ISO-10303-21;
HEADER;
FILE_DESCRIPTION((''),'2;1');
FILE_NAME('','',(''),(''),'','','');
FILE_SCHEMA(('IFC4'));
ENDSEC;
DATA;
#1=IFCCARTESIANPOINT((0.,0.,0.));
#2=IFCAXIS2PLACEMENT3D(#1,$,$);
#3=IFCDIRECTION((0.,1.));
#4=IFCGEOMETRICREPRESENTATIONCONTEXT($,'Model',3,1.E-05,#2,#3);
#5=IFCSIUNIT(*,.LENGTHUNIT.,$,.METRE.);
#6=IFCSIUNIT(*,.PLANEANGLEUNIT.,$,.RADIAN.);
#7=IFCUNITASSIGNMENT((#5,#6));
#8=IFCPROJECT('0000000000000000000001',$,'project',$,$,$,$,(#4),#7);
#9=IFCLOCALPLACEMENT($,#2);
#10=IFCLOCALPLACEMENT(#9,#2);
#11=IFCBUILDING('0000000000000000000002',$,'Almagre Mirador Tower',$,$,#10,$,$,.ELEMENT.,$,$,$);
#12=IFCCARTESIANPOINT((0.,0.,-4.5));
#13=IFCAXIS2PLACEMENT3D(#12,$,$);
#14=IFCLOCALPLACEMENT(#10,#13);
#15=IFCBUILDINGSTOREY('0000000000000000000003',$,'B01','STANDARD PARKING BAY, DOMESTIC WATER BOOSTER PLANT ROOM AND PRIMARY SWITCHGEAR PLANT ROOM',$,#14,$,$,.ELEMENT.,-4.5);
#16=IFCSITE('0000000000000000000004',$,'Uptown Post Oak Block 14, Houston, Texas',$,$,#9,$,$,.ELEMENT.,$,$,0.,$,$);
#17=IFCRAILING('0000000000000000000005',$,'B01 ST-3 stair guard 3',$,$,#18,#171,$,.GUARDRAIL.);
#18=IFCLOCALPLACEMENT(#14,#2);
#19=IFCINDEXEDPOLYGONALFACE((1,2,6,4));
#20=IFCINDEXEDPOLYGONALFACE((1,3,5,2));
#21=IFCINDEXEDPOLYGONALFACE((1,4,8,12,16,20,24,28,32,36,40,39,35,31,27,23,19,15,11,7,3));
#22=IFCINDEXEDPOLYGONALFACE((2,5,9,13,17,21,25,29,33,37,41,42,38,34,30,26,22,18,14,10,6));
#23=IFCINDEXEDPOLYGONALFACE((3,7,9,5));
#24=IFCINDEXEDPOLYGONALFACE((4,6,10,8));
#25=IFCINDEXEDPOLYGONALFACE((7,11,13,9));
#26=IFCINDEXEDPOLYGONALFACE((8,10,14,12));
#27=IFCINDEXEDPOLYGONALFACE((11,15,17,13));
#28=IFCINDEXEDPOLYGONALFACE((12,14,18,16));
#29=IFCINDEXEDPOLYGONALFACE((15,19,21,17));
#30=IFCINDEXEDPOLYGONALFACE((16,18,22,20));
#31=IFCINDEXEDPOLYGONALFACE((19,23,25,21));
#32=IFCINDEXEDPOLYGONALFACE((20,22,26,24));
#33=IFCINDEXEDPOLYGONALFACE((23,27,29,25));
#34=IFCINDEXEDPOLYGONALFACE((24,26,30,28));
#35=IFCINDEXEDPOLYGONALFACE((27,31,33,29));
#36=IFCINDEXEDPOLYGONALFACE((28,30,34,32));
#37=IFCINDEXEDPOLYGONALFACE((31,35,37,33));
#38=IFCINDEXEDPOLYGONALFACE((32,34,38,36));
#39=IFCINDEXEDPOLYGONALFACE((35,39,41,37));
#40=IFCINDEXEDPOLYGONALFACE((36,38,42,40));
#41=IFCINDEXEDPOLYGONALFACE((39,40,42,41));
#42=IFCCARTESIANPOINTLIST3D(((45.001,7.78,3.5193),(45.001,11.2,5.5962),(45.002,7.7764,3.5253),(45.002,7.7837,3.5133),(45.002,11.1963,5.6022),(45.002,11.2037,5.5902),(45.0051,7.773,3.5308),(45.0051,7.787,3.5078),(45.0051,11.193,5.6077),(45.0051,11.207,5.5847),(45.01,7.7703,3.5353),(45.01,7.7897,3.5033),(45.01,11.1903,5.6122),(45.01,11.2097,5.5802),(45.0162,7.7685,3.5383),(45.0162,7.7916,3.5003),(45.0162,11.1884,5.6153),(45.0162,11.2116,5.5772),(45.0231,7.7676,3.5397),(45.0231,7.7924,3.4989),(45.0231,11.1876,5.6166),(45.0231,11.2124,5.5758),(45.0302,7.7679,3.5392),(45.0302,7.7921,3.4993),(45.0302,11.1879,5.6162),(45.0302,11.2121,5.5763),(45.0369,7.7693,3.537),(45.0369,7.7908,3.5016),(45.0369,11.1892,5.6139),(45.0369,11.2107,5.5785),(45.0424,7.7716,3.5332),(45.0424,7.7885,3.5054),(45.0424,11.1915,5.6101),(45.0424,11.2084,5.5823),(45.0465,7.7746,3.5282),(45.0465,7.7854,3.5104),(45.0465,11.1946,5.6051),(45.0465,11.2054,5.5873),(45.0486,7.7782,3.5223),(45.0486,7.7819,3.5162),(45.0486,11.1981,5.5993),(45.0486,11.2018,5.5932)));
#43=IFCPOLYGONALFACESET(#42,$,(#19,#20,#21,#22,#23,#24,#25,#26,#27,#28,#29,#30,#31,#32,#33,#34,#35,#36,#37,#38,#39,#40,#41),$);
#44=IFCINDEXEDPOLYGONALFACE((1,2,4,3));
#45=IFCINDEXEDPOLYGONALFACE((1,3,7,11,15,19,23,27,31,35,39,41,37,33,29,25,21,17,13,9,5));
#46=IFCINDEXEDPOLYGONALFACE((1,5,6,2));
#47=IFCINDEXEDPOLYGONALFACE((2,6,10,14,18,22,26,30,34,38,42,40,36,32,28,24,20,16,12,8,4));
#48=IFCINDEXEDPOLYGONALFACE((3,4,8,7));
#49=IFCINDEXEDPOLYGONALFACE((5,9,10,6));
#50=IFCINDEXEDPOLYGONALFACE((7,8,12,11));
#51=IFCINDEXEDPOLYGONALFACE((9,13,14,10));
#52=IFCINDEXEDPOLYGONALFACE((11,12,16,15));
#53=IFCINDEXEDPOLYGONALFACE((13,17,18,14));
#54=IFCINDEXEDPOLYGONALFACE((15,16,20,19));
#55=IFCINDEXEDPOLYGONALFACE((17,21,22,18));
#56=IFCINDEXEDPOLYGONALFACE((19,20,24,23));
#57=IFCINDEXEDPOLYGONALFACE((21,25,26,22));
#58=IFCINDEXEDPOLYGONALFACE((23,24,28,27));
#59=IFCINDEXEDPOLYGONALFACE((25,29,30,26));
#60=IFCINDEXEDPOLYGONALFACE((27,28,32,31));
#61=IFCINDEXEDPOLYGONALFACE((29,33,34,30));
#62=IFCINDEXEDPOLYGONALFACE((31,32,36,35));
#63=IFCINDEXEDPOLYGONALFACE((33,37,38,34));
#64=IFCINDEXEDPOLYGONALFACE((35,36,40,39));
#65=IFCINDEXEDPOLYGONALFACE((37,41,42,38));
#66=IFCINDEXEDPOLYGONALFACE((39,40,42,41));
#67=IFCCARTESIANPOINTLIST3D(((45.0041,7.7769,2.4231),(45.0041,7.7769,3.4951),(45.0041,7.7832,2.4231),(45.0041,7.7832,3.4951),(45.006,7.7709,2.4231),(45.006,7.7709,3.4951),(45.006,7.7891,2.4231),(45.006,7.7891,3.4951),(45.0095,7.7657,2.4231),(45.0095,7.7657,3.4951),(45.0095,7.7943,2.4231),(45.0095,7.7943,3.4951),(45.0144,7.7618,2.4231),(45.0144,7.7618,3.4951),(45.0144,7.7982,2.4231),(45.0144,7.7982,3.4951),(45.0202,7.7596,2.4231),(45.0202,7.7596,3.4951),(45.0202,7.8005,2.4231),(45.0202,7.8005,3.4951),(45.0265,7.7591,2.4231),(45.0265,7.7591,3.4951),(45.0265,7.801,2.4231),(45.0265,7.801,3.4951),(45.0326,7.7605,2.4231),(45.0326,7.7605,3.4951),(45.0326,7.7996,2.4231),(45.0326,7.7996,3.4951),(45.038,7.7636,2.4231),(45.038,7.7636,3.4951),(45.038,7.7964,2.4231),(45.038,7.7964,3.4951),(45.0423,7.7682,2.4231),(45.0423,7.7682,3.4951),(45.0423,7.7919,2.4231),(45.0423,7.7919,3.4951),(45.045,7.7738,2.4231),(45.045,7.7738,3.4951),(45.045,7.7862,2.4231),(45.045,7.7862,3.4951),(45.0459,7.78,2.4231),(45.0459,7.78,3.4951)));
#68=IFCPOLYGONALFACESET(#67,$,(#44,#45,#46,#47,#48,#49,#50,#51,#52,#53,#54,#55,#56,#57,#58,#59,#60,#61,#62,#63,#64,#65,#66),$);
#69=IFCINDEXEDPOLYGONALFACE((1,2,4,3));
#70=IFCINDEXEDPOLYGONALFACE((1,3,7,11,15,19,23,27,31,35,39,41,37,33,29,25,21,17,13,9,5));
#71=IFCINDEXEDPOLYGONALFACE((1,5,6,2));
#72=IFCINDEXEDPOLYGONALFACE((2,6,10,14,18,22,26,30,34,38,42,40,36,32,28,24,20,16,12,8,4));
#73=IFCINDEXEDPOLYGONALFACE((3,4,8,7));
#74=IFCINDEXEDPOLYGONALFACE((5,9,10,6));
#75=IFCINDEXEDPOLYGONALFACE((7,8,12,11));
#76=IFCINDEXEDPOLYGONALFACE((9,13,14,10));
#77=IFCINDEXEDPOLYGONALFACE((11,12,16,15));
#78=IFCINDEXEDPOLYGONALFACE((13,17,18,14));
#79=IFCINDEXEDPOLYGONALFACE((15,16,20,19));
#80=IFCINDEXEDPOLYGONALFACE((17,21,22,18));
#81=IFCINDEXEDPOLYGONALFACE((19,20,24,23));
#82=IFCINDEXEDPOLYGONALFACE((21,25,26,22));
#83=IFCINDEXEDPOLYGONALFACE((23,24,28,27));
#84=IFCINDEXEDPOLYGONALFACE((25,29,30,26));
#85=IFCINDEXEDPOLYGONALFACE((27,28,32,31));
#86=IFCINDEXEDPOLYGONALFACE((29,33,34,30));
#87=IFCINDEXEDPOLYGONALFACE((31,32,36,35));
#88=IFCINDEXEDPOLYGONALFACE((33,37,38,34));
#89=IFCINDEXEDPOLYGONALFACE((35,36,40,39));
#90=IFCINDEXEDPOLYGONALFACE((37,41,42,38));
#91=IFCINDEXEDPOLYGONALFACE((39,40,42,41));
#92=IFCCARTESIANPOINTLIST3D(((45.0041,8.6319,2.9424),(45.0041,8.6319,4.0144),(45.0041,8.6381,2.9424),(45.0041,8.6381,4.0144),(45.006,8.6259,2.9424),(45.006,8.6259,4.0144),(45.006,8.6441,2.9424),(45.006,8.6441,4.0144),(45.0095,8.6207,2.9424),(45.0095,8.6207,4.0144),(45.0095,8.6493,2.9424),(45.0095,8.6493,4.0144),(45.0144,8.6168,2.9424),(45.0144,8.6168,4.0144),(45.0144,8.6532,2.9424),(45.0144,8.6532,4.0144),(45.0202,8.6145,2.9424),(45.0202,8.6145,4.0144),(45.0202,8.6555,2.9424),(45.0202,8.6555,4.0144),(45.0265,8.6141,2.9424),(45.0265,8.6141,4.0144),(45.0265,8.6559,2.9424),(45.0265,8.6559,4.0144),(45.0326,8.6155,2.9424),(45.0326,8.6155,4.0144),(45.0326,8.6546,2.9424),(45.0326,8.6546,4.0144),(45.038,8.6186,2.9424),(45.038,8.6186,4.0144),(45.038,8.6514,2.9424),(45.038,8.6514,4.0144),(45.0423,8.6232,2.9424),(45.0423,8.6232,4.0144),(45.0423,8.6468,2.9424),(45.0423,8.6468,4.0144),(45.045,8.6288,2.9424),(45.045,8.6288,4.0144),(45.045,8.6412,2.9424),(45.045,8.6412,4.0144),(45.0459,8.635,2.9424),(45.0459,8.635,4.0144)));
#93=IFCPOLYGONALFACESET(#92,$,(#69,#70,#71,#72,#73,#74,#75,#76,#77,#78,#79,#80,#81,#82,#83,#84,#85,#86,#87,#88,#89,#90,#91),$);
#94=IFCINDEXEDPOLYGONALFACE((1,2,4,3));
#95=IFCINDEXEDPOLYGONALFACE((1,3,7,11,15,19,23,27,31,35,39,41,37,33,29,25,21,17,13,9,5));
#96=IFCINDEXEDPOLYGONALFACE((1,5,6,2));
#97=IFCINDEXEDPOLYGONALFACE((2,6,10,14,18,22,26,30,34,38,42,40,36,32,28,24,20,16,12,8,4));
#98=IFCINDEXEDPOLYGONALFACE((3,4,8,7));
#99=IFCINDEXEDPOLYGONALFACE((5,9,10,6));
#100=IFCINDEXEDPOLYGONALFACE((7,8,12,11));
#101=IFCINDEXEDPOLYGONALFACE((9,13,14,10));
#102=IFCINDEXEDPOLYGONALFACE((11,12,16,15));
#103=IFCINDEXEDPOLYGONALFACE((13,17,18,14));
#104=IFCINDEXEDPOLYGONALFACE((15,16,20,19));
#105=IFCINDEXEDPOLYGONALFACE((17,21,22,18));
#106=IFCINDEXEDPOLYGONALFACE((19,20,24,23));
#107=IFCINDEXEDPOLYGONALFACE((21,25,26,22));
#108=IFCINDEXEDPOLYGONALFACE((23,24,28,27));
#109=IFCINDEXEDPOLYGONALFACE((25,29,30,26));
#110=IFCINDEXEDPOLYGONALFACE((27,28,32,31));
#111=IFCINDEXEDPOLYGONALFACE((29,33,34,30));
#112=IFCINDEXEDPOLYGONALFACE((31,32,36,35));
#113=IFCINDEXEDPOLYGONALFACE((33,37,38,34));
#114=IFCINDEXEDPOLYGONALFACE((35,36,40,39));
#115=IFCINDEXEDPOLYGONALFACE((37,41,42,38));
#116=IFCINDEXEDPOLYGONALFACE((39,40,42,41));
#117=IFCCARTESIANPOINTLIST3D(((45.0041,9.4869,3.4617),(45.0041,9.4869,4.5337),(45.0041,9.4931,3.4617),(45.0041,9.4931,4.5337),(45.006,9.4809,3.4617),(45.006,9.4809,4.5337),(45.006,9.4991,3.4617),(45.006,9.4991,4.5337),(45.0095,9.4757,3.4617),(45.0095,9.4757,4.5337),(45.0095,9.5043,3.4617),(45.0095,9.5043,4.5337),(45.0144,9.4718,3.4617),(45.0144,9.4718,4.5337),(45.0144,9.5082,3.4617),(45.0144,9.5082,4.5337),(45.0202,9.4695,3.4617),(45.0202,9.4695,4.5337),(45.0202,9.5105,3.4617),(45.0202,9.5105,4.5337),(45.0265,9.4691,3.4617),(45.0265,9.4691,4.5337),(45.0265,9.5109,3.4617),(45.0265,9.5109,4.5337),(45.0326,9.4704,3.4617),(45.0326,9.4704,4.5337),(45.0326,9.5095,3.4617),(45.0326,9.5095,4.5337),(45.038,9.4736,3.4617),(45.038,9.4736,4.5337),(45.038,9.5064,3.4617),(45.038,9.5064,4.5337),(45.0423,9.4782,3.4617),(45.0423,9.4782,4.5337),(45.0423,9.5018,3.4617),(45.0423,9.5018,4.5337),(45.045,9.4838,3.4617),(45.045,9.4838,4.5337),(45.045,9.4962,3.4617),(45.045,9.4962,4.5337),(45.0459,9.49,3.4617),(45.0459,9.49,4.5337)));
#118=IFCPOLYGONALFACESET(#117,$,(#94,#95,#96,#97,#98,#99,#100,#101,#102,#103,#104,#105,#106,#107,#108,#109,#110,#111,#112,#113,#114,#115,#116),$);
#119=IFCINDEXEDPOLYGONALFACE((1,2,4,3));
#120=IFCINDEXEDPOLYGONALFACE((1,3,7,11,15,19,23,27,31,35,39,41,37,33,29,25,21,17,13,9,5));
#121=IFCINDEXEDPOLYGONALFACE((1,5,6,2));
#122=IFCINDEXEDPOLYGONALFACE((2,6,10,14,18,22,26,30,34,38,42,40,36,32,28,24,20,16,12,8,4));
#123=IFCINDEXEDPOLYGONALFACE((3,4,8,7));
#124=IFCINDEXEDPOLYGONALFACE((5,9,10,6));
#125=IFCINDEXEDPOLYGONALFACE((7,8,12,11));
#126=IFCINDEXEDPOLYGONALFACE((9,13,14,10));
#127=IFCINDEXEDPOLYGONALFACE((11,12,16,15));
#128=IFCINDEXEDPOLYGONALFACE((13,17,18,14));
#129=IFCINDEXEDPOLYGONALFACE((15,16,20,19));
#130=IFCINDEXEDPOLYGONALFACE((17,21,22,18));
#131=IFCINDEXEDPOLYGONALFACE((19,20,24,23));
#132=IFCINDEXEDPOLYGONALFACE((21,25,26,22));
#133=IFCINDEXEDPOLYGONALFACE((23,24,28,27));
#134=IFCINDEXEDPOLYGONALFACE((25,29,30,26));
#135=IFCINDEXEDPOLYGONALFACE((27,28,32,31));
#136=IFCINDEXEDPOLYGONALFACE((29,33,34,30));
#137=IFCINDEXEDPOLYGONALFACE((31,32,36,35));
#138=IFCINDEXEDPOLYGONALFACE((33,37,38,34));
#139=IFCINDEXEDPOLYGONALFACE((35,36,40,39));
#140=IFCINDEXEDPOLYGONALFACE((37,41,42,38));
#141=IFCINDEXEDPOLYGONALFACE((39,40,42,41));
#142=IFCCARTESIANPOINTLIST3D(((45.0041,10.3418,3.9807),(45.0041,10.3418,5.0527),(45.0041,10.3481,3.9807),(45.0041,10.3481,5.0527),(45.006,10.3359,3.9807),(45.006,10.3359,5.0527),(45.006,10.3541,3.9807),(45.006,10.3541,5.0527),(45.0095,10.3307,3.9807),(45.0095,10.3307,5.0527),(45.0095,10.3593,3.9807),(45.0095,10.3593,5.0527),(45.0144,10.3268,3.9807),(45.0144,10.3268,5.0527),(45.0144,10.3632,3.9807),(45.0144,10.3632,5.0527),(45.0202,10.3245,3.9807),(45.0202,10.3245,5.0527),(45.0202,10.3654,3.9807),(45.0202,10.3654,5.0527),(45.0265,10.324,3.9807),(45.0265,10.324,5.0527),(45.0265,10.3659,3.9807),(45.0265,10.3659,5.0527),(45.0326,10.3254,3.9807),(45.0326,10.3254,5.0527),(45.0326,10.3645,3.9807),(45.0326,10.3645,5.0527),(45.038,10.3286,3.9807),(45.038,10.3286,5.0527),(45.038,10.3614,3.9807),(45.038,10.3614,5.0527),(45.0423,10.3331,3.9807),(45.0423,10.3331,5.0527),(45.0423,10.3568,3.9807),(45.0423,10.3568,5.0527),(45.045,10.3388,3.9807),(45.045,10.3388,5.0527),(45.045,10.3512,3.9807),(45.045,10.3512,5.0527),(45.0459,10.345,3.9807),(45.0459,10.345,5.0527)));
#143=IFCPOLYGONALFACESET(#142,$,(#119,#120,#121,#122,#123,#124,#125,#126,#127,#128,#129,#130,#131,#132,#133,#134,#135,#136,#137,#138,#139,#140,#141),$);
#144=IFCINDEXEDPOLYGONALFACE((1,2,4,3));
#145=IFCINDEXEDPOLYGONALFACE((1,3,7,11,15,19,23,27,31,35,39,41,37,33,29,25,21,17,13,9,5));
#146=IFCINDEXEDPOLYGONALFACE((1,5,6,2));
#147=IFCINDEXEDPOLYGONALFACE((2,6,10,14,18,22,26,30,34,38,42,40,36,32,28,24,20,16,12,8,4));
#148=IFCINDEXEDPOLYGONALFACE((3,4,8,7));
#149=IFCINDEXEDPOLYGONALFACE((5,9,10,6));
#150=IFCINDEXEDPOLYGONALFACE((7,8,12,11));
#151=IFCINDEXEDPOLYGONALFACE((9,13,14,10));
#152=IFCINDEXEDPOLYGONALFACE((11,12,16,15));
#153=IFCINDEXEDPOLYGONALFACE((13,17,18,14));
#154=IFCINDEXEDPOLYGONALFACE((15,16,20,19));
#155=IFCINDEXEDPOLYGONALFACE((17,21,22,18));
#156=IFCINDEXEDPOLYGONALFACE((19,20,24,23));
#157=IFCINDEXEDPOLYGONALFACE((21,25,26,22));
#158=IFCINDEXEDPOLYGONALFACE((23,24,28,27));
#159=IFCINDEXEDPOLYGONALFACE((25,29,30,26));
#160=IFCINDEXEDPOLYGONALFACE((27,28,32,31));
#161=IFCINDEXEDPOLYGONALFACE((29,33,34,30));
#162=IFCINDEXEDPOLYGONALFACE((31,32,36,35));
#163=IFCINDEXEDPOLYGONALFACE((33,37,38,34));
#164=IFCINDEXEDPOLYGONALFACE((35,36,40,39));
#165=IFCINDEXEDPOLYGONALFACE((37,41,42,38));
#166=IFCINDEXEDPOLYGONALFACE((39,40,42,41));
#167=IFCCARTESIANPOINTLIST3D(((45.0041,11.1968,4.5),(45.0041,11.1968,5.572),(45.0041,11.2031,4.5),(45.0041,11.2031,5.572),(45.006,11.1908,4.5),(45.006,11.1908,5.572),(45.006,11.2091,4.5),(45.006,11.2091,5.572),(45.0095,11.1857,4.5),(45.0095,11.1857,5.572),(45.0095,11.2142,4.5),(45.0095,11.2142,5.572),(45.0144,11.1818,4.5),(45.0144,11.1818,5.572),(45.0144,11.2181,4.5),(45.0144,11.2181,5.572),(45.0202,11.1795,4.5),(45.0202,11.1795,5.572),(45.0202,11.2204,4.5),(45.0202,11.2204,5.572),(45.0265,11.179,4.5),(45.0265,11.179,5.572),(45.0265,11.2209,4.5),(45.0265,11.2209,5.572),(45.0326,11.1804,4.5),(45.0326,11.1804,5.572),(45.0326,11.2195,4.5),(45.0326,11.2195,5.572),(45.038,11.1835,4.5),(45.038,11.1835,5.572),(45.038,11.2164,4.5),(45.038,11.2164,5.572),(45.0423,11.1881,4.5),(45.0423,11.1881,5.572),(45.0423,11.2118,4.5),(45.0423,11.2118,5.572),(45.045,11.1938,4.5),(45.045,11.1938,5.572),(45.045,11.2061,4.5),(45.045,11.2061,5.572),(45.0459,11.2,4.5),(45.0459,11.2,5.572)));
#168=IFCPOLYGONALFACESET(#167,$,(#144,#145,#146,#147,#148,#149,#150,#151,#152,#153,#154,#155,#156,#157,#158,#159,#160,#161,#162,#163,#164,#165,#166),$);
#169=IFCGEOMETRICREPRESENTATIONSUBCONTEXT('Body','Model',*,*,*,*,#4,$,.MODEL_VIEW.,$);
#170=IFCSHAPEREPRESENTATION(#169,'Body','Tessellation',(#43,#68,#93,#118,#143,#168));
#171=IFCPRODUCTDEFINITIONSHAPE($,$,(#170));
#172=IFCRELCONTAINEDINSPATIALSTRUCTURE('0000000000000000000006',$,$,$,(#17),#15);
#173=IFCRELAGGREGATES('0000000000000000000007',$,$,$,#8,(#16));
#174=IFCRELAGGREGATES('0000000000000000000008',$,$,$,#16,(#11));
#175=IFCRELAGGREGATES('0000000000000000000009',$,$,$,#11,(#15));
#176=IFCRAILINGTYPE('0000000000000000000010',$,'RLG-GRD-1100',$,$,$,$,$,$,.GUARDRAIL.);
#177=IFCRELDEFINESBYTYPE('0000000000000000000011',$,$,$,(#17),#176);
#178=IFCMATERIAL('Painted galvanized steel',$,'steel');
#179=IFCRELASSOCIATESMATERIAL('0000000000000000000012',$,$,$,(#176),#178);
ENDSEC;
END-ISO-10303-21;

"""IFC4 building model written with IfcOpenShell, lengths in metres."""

from ifc_helpers import new_model, si_unit, direction, frame, origin, origin_2d, place, context, subcontext, project, spatial, circle, extrude, material, type_object, element, save


model = new_model("IFC4")

# Units and contexts
model_context = context("Model", 3, precision=1e-05, world=origin(), true_north=direction((0.0, 1.0)))
body_context = subcontext(model_context, "Body", "Model", "MODEL_VIEW")
ifc_project = project(units=[si_unit("LENGTHUNIT", "METRE"), si_unit("PLANEANGLEUNIT", "RADIAN")], contexts=[model_context])

# Site, building, storey
site_placement = place(None, origin())
site = spatial("IfcSite", under=ifc_project, at=site_placement, Name="Uptown Post Oak Block 14, Houston, Texas", CompositionType="ELEMENT", RefElevation=0.0)
building_placement = place(site_placement, origin())
building = spatial("IfcBuilding", under=site, at=building_placement, Name="Almagre Mirador Tower", CompositionType="ELEMENT")
storey_placement = place(building_placement, frame((0.0, 0.0, -4.5)))
storey = spatial("IfcBuildingStorey", under=building, at=storey_placement, Name="B01", Description="STANDARD PARKING BAY, DOMESTIC WATER BOOSTER PLANT ROOM AND PRIMARY SWITCHGEAR PLANT ROOM", CompositionType="ELEMENT", Elevation=-4.5)

# Railing
ifc_material_1 = material(Name="Painted galvanized steel", Category="steel")
railing_type_1 = type_object("IfcRailingType", Name="RLG-GRD-1100", PredefinedType="GUARDRAIL", material=ifc_material_1)
railing_1_placement = place(storey_placement, frame((45.0249, 7.78, 2.4231)))
element("IfcRailing", 1, at=railing_1_placement, inside=storey, type_object=railing_type_1, Name="B01 ST-3 stair guard 3", PredefinedType="GUARDRAIL", context=body_context, shape_type="SweptSolid", body=[
    extrude(circle(Radius=0.0239, at=origin_2d()), frame((0.0, 0.0, 1.0962), z_axis=(0.0, 0.85473, 0.519074), x_axis=(-1.0, 0.0, 0.0)), (0.0, 0.0, 1.0), 4.0012),
    extrude(circle(Radius=0.021, at=origin_2d()), origin(), (0.0, 0.0, 1.0), 1.072),
    extrude(circle(Radius=0.021, at=origin_2d()), frame((0.0, 0.855, 0.5193)), (0.0, 0.0, 1.0), 1.072),
    extrude(circle(Radius=0.021, at=origin_2d()), frame((0.0, 1.71, 1.0386)), (0.0, 0.0, 1.0), 1.072),
    extrude(circle(Radius=0.021, at=origin_2d()), frame((0.0, 2.5649, 1.5576)), (0.0, 0.0, 1.0), 1.072),
    extrude(circle(Radius=0.021, at=origin_2d()), frame((0.0, 3.4199, 2.0769)), (0.0, 0.0, 1.0), 1.072),
])

save(model, "model.ifc")
